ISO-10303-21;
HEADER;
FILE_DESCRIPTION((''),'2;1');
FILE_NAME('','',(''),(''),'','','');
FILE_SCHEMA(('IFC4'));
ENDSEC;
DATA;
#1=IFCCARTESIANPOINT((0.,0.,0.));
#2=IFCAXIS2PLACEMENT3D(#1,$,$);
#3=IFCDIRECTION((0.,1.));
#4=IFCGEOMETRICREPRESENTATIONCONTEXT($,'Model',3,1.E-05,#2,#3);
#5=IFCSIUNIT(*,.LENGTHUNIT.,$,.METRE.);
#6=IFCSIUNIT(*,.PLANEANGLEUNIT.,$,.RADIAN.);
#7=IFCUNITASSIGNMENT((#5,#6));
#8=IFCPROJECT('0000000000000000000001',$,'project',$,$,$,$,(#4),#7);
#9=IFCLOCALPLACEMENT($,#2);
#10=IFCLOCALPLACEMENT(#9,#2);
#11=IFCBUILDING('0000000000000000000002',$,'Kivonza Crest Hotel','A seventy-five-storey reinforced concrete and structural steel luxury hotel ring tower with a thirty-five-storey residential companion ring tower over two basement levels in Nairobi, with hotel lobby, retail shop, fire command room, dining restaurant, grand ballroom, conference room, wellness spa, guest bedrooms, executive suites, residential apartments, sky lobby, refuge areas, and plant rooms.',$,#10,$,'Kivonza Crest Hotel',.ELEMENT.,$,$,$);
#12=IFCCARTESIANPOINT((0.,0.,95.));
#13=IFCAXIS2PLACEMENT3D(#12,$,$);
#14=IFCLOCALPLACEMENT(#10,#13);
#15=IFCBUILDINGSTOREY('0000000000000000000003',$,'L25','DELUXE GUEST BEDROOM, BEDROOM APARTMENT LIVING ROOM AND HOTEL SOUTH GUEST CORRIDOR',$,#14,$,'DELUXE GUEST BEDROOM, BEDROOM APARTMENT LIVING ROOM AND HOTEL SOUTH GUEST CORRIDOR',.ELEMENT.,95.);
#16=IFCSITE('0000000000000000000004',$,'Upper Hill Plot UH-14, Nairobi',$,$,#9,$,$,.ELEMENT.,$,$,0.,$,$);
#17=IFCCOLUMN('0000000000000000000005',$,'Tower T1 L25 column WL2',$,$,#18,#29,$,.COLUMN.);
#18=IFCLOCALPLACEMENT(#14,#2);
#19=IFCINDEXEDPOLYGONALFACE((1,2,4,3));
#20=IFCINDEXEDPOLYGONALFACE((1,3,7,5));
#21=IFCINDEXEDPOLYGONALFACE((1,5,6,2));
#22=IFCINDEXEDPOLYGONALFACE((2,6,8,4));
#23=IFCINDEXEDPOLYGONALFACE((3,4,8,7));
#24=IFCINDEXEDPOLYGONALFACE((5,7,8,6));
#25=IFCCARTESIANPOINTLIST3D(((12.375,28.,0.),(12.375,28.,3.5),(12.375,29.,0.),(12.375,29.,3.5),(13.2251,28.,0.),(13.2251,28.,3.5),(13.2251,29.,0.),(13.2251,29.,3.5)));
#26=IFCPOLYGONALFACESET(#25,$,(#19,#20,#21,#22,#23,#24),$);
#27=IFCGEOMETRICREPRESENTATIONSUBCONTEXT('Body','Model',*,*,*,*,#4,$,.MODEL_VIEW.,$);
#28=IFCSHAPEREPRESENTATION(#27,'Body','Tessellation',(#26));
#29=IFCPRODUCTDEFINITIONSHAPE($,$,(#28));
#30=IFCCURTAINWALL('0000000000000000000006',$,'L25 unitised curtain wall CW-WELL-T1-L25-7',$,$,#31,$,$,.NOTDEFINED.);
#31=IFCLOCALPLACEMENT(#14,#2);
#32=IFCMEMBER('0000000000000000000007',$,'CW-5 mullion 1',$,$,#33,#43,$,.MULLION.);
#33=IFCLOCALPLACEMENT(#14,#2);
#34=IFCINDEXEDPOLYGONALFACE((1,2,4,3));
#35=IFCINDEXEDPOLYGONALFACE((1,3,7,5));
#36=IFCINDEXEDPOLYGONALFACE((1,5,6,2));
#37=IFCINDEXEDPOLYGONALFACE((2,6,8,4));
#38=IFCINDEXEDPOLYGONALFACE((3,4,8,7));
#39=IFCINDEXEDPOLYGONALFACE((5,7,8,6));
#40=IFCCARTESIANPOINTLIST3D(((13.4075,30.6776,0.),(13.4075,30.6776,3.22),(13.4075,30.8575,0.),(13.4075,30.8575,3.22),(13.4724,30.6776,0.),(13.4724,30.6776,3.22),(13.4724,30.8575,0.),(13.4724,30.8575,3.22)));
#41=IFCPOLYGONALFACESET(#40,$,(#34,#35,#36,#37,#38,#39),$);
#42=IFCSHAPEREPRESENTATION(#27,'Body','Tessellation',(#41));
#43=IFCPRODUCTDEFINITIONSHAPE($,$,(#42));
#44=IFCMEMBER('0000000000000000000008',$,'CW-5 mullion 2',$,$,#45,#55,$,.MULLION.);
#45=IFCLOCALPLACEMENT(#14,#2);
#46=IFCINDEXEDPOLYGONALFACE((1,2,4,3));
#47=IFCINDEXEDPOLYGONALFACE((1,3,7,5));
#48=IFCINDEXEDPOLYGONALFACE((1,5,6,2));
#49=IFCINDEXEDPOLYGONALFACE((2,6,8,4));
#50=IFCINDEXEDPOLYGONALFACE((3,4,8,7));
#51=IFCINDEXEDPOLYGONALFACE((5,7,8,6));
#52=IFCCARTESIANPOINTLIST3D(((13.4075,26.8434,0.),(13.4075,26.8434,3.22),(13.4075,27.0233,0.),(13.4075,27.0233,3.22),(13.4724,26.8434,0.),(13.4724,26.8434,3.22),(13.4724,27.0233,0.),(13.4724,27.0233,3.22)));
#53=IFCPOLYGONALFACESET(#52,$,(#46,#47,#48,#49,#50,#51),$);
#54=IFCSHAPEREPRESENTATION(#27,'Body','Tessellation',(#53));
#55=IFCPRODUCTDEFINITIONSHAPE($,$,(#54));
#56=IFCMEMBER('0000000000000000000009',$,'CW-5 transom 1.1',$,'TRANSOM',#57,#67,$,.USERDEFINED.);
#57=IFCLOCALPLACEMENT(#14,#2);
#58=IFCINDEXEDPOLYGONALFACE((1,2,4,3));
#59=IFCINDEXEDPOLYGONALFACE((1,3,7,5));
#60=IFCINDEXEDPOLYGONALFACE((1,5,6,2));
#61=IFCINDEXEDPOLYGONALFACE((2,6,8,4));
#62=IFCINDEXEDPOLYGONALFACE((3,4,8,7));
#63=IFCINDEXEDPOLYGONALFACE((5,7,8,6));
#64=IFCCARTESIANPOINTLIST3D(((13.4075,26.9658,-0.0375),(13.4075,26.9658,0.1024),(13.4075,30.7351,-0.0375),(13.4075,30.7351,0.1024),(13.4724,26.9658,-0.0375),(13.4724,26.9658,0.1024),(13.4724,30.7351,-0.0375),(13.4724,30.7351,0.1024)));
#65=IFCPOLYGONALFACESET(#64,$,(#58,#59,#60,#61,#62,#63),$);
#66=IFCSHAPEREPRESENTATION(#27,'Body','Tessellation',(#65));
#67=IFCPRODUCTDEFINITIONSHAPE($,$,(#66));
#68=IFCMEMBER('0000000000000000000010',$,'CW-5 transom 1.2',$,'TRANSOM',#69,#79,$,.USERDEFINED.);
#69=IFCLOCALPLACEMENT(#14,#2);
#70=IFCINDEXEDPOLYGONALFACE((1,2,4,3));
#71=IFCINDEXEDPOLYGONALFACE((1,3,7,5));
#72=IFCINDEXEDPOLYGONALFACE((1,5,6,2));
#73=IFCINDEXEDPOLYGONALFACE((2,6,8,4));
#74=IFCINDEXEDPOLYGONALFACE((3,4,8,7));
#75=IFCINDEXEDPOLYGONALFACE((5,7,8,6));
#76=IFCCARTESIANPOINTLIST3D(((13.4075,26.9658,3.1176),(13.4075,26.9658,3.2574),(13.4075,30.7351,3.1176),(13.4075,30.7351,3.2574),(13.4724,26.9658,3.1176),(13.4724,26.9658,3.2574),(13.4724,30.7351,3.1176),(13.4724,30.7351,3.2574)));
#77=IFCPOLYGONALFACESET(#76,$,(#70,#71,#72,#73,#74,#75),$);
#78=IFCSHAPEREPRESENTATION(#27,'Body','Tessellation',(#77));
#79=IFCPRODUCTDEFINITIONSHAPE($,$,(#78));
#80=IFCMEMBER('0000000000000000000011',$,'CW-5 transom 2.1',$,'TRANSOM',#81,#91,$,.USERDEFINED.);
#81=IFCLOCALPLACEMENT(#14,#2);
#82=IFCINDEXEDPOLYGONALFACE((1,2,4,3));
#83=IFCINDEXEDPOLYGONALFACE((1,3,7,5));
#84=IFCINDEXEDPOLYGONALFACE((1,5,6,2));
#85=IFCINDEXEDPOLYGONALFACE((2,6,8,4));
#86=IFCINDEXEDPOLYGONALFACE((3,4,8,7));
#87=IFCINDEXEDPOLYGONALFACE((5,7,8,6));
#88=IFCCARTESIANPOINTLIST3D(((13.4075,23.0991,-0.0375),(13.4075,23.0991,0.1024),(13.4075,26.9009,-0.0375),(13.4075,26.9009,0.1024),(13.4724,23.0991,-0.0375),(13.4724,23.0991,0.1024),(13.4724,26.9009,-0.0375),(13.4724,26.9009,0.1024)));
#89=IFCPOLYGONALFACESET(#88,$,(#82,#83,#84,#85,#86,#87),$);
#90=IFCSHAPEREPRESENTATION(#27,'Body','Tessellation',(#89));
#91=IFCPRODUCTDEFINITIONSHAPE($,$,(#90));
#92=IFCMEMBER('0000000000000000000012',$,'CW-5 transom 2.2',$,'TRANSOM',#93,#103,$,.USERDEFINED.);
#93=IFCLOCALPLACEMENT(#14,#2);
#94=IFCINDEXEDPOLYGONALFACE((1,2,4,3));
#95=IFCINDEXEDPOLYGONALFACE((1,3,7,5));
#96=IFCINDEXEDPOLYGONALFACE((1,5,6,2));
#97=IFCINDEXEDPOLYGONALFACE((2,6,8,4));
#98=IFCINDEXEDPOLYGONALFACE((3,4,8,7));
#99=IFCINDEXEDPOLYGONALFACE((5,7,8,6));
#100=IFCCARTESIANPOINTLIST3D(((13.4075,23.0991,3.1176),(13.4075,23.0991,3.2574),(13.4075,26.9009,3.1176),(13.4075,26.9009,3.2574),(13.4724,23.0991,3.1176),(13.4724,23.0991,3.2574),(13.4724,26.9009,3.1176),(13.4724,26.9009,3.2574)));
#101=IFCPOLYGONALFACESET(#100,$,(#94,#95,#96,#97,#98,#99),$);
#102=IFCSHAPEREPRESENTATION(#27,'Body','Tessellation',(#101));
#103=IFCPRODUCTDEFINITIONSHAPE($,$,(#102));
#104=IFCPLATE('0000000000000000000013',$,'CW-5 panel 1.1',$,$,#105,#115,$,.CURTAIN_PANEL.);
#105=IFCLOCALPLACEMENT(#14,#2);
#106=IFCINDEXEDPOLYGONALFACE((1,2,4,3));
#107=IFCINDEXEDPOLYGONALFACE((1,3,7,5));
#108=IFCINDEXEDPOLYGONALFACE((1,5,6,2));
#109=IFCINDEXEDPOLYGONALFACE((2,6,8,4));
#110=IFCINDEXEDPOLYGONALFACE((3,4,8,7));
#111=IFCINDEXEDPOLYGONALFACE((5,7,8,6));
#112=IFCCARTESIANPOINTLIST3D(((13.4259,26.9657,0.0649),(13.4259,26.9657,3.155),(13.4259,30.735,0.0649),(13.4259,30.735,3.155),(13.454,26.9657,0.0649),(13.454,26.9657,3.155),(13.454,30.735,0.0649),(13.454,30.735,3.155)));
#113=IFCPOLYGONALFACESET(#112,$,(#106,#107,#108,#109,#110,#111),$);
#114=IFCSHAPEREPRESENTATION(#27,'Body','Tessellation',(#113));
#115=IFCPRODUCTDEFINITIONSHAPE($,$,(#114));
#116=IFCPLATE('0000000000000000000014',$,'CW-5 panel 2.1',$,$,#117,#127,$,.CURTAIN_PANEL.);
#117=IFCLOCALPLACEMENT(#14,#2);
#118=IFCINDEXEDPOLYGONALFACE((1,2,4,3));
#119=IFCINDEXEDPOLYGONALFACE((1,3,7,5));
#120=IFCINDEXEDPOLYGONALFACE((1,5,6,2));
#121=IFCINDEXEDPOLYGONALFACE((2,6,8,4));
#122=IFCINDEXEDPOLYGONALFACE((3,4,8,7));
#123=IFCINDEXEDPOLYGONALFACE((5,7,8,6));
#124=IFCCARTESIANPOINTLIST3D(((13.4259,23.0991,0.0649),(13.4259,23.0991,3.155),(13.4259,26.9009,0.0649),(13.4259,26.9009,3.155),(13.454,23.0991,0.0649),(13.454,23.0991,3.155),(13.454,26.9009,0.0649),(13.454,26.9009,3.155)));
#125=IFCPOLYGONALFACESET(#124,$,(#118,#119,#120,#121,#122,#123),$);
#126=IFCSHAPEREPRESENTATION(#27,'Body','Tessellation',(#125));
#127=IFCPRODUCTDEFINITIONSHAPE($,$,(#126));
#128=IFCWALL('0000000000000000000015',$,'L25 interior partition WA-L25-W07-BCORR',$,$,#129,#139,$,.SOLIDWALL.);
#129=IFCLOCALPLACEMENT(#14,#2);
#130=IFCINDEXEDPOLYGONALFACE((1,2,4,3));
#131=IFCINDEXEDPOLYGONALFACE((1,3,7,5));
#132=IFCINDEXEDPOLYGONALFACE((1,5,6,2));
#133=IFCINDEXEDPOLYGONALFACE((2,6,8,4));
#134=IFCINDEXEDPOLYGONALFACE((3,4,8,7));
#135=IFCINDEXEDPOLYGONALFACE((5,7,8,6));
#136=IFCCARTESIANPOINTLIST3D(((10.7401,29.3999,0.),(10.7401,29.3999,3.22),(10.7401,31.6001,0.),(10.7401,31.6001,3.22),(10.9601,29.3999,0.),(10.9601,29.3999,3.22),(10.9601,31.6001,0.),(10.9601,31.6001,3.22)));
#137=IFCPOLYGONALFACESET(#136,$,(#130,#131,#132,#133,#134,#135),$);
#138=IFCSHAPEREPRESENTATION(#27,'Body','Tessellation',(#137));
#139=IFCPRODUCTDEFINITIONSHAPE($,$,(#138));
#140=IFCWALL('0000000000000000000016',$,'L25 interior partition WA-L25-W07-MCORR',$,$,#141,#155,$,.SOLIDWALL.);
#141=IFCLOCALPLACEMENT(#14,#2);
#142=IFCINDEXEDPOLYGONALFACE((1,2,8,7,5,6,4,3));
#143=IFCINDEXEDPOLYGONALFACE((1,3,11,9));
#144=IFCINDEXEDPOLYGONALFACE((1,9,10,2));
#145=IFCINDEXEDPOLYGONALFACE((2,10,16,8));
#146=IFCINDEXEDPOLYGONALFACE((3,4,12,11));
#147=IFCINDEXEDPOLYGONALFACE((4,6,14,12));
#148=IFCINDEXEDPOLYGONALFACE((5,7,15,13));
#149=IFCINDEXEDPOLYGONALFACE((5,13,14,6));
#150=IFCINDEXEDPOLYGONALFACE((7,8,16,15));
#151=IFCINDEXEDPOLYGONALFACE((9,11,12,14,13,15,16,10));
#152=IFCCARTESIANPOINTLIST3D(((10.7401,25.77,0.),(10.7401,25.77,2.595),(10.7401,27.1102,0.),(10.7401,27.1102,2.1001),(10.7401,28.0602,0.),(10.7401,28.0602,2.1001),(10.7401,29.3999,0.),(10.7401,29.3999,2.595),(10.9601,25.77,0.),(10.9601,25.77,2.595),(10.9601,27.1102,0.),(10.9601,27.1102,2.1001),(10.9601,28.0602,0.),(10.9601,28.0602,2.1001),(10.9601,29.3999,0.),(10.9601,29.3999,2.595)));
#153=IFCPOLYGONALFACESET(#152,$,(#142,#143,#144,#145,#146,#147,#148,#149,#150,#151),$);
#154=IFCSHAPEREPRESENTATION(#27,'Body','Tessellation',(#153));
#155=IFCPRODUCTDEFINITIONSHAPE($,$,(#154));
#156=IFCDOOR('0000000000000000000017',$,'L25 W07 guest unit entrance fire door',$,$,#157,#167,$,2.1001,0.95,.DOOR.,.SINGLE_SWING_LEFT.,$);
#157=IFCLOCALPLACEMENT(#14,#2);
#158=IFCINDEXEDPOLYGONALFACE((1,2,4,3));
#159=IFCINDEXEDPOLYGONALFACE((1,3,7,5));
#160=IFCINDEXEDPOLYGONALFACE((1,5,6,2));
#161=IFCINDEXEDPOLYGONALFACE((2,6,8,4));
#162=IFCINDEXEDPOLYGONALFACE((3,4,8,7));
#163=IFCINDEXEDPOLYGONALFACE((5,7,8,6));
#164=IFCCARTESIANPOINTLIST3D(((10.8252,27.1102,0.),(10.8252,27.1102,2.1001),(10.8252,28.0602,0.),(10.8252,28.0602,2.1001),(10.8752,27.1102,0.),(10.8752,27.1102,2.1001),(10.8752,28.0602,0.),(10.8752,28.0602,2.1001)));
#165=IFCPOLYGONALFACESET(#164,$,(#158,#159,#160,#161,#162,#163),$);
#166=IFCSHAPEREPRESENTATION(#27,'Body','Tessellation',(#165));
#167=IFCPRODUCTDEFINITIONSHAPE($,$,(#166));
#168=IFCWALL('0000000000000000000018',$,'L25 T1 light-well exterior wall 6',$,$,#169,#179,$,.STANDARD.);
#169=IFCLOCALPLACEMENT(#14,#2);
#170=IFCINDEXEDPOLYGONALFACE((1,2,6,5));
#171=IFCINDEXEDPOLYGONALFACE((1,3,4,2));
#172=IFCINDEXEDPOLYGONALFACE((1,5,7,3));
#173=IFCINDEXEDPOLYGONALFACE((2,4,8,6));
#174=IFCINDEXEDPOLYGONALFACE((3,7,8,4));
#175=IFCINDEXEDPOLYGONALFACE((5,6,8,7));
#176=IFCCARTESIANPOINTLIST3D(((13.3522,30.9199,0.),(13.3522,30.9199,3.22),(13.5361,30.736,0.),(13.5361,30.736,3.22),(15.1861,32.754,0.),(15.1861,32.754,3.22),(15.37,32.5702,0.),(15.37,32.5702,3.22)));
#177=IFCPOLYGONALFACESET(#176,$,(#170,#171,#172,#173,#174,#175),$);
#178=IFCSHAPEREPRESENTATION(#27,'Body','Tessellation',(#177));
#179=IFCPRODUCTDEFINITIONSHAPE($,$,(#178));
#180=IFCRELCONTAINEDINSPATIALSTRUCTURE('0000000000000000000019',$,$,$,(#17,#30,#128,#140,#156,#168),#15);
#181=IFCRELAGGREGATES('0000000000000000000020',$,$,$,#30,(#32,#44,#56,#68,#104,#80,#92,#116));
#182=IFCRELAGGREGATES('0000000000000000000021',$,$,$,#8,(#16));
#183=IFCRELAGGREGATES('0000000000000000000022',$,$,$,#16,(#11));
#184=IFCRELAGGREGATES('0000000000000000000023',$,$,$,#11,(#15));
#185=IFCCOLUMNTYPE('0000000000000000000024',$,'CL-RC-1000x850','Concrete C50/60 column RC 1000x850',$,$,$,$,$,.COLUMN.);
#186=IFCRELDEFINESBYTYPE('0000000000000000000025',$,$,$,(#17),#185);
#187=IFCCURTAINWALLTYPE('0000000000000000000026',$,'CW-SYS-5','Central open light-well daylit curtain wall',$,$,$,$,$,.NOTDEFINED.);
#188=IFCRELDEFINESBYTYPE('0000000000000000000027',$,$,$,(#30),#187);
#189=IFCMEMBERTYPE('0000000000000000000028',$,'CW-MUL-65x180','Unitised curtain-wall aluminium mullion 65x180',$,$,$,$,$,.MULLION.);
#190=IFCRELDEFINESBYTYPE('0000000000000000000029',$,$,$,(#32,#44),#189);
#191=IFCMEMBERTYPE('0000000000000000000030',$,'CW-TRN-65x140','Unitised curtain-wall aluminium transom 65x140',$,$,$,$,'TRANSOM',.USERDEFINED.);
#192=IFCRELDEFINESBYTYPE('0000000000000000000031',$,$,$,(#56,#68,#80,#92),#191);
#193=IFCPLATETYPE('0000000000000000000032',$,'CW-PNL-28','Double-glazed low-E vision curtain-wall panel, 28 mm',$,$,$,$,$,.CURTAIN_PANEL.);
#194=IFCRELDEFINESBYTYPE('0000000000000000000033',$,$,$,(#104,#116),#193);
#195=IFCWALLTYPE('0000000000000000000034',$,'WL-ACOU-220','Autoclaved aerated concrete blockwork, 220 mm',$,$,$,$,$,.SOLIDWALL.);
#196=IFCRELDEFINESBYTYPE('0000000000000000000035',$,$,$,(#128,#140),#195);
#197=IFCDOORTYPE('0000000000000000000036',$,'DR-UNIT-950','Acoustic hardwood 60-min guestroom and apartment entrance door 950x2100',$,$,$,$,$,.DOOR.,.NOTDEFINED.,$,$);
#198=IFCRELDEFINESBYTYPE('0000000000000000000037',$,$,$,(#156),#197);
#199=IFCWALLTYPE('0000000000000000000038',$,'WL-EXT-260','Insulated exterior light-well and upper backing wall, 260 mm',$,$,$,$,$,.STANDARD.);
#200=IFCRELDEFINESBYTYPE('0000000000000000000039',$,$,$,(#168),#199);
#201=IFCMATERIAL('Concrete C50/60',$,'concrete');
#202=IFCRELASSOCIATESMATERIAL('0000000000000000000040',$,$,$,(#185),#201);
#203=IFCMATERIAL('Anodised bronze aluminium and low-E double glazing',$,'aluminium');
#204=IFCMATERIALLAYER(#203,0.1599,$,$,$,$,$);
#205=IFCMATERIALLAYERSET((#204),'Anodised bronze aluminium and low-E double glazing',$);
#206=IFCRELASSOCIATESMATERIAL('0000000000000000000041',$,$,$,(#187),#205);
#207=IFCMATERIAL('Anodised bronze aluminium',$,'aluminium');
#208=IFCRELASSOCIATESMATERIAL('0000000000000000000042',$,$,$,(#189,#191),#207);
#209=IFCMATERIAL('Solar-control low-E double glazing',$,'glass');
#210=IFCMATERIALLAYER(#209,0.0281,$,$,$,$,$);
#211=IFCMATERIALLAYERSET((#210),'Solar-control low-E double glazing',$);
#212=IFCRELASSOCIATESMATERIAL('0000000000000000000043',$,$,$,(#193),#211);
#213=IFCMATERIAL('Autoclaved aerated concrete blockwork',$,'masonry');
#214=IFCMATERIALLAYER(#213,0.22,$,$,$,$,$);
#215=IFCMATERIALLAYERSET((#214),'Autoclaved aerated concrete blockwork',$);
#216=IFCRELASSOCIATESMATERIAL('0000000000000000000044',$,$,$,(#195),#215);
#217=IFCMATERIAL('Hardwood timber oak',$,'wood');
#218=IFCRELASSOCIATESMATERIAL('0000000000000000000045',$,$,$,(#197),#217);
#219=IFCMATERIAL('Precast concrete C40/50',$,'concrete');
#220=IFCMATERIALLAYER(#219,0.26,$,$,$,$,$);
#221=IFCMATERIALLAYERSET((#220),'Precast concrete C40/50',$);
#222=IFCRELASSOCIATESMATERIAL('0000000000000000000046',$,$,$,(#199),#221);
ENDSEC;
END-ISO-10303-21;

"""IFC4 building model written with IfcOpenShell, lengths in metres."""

from ifc_helpers import new_model, si_unit, direction, frame, frame_2d, origin, origin_2d, place, context, subcontext, project, spatial, rectangle, extrude, material, layer, layer_set, material_profile, profile_set, type_object, element, fill, aggregate, save


model = new_model("IFC4")

# Units and contexts
model_context = context("Model", 3, precision=1e-05, world=origin(), true_north=direction((0.0, 1.0)))
body_context = subcontext(model_context, "Body", "Model", "MODEL_VIEW")
ifc_project = project(units=[si_unit("LENGTHUNIT", "METRE"), si_unit("PLANEANGLEUNIT", "RADIAN")], contexts=[model_context])

# Site, building, storey
site_placement = place(None, origin())
site = spatial("IfcSite", under=ifc_project, at=site_placement, Name="Upper Hill Plot UH-14, Nairobi", CompositionType="ELEMENT", RefElevation=0.0)
building_placement = place(site_placement, origin())
building = spatial("IfcBuilding", under=site, at=building_placement, Name="Kivonza Crest Hotel", Description="A seventy-five-storey reinforced concrete and structural steel luxury hotel ring tower with a thirty-five-storey residential companion ring tower over two basement levels in Nairobi, with hotel lobby, retail shop, fire command room, dining restaurant, grand ballroom, conference room, wellness spa, guest bedrooms, executive suites, residential apartments, sky lobby, refuge areas, and plant rooms.", LongName="Kivonza Crest Hotel", CompositionType="ELEMENT")
storey_placement = place(building_placement, frame((0.0, 0.0, 95.0)))
storey = spatial("IfcBuildingStorey", under=building, at=storey_placement, Name="L25", Description="DELUXE GUEST BEDROOM, BEDROOM APARTMENT LIVING ROOM AND HOTEL SOUTH GUEST CORRIDOR", LongName="DELUXE GUEST BEDROOM, BEDROOM APARTMENT LIVING ROOM AND HOTEL SOUTH GUEST CORRIDOR", CompositionType="ELEMENT", Elevation=95.0)

# Column
ifc_material_1 = material(Name="Concrete C50/60", Category="concrete")
ifc_material_profile_1 = material_profile(ifc_material_1, rectangle(XDim=0.8501, YDim=1.0, at=origin_2d()), Name="RC 1000x850")
ifc_profile_set_1 = profile_set([ifc_material_profile_1], Name="Concrete C50/60")
column_type = type_object("IfcColumnType", Name="CL-RC-1000x850", Description="Concrete C50/60 column RC 1000x850", PredefinedType="COLUMN", material=ifc_profile_set_1)
column_placement = place(storey_placement, frame((12.8, 28.5, 0.0), z_axis=(0.0, 0.0, 1.0), x_axis=(1.0, 0.0, 0.0)))
element("IfcColumn", 1, at=column_placement, inside=storey, type_object=column_type, Name="Tower T1 L25 column WL2", PredefinedType="COLUMN", context=body_context, shape_type="SweptSolid", body=[
    extrude(rectangle(XDim=0.8501, YDim=1.0, at=origin_2d()), origin(), (0.0, 0.0, 1.0), 3.5),
])

# Curtain wall, members, plates
ifc_material_2 = material(Name="Anodised bronze aluminium and low-E double glazing", Category="aluminium")
ifc_layer_1 = layer(ifc_material_2, 0.1599)
ifc_layer_set_1 = layer_set([ifc_layer_1], Name="Anodised bronze aluminium and low-E double glazing")
curtain_wall_type = type_object("IfcCurtainWallType", Name="CW-SYS-5", Description="Central open light-well daylit curtain wall", PredefinedType="NOTDEFINED", material=ifc_layer_set_1)
curtain_wall_placement = place(storey_placement, origin())
curtain_wall = element("IfcCurtainWall", 2, at=curtain_wall_placement, inside=storey, type_object=curtain_wall_type, Name="L25 unitised curtain wall CW-WELL-T1-L25-7", PredefinedType="NOTDEFINED")
ifc_material_3 = material(Name="Anodised bronze aluminium", Category="aluminium")
ifc_material_profile_2 = material_profile(ifc_material_3, rectangle(XDim=0.0649, YDim=0.1799, at=origin_2d()), Name="CW-M 65x180")
ifc_profile_set_2 = profile_set([ifc_material_profile_2], Name="Anodised bronze aluminium")
member_type_1 = type_object("IfcMemberType", Name="CW-MUL-65x180", Description="Unitised curtain-wall aluminium mullion 65x180", PredefinedType="MULLION", material=ifc_profile_set_2)
member_1_placement = place(storey_placement, frame((13.4399, 30.7676, 0.0), z_axis=(0.0, 0.0, 1.0), x_axis=(1.0, 0.0, 0.0)))
member_1 = element("IfcMember", 3, at=member_1_placement, type_object=member_type_1, Name="CW-5 mullion 1", PredefinedType="MULLION", context=body_context, shape_type="SweptSolid", body=[
    extrude(rectangle(XDim=0.0649, YDim=0.1799, at=origin_2d()), origin(), (0.0, 0.0, 1.0), 3.22),
])
member_2_placement = place(storey_placement, frame((13.4399, 26.9333, 0.0), z_axis=(0.0, 0.0, 1.0), x_axis=(1.0, 0.0, 0.0)))
member_2 = element("IfcMember", 4, at=member_2_placement, type_object=member_type_1, Name="CW-5 mullion 2", PredefinedType="MULLION", context=body_context, shape_type="SweptSolid", body=[
    extrude(rectangle(XDim=0.0649, YDim=0.1799, at=origin_2d()), origin(), (0.0, 0.0, 1.0), 3.22),
])
ifc_material_profile_3 = material_profile(ifc_material_3, rectangle(XDim=0.0649, YDim=0.1399, at=origin_2d()), Name="CW-T 65x140")
ifc_profile_set_3 = profile_set([ifc_material_profile_3], Name="Anodised bronze aluminium")
member_type_2 = type_object("IfcMemberType", Name="CW-TRN-65x140", Description="Unitised curtain-wall aluminium transom 65x140", ElementType="TRANSOM", PredefinedType="USERDEFINED", material=ifc_profile_set_3)
member_3_placement = place(storey_placement, frame((13.4399, 30.7351, 0.0325), z_axis=(0.0, -1.0, 0.0), x_axis=(1.0, 0.0, 0.0)))
member_3 = element("IfcMember", 5, at=member_3_placement, type_object=member_type_2, Name="CW-5 transom 1.1", ObjectType="TRANSOM", PredefinedType="USERDEFINED", context=body_context, shape_type="SweptSolid", body=[
    extrude(rectangle(XDim=0.0649, YDim=0.1399, at=origin_2d()), origin(), (0.0, 0.0, 1.0), 3.7693),
])
member_4_placement = place(storey_placement, frame((13.4399, 30.7351, 3.1875), z_axis=(0.0, -1.0, 0.0), x_axis=(1.0, 0.0, 0.0)))
member_4 = element("IfcMember", 6, at=member_4_placement, type_object=member_type_2, Name="CW-5 transom 1.2", ObjectType="TRANSOM", PredefinedType="USERDEFINED", context=body_context, shape_type="SweptSolid", body=[
    extrude(rectangle(XDim=0.0649, YDim=0.1399, at=origin_2d()), origin(), (0.0, 0.0, 1.0), 3.7693),
])
member_5_placement = place(storey_placement, frame((13.4399, 26.9009, 0.0325), z_axis=(0.0, -1.0, 0.0), x_axis=(1.0, 0.0, 0.0)))
member_5 = element("IfcMember", 7, at=member_5_placement, type_object=member_type_2, Name="CW-5 transom 2.1", ObjectType="TRANSOM", PredefinedType="USERDEFINED", context=body_context, shape_type="SweptSolid", body=[
    extrude(rectangle(XDim=0.0649, YDim=0.1399, at=origin_2d()), origin(), (0.0, 0.0, 1.0), 3.8018),
])
member_6_placement = place(storey_placement, frame((13.4399, 26.9009, 3.1875), z_axis=(0.0, -1.0, 0.0), x_axis=(1.0, 0.0, 0.0)))
member_6 = element("IfcMember", 8, at=member_6_placement, type_object=member_type_2, Name="CW-5 transom 2.2", ObjectType="TRANSOM", PredefinedType="USERDEFINED", context=body_context, shape_type="SweptSolid", body=[
    extrude(rectangle(XDim=0.0649, YDim=0.1399, at=origin_2d()), origin(), (0.0, 0.0, 1.0), 3.8018),
])
ifc_material_4 = material(Name="Solar-control low-E double glazing", Category="glass")
ifc_layer_2 = layer(ifc_material_4, 0.0281)
ifc_layer_set_2 = layer_set([ifc_layer_2], Name="Solar-control low-E double glazing")
plate_type = type_object("IfcPlateType", Name="CW-PNL-28", Description="Double-glazed low-E vision curtain-wall panel, 28 mm", PredefinedType="CURTAIN_PANEL", material=ifc_layer_set_2)
plate_1_placement = place(storey_placement, frame((13.4399, 28.8503, 0.0649), z_axis=(0.0, 0.0, 1.0), x_axis=(0.0, -1.0, 0.0)))
plate_1 = element("IfcPlate", 9, at=plate_1_placement, type_object=plate_type, Name="CW-5 panel 1.1", PredefinedType="CURTAIN_PANEL", context=body_context, shape_type="SweptSolid", body=[
    extrude(rectangle(XDim=3.7693, YDim=0.0281, at=origin_2d()), origin(), (0.0, 0.0, 1.0), 3.0901),
])
plate_2_placement = place(storey_placement, frame((13.4399, 25.0, 0.0649), z_axis=(0.0, 0.0, 1.0), x_axis=(0.0, -1.0, 0.0)))
plate_2 = element("IfcPlate", 10, at=plate_2_placement, type_object=plate_type, Name="CW-5 panel 2.1", PredefinedType="CURTAIN_PANEL", context=body_context, shape_type="SweptSolid", body=[
    extrude(rectangle(XDim=3.8018, YDim=0.0281, at=origin_2d()), origin(), (0.0, 0.0, 1.0), 3.0901),
])
aggregate(curtain_wall, [member_1, member_2, member_3, member_4, plate_1, member_5, member_6, plate_2])

# Wall
ifc_material_5 = material(Name="Autoclaved aerated concrete blockwork", Category="masonry")
ifc_layer_3 = layer(ifc_material_5, 0.22)
ifc_layer_set_3 = layer_set([ifc_layer_3], Name="Autoclaved aerated concrete blockwork")
wall_type_1 = type_object("IfcWallType", Name="WL-ACOU-220", Description="Autoclaved aerated concrete blockwork, 220 mm", PredefinedType="SOLIDWALL", material=ifc_layer_set_3)
wall_1_placement = place(storey_placement, frame((10.8501, 29.3999, 0.0), z_axis=(0.0, 0.0, 1.0), x_axis=(0.0, 1.0, 0.0)))
element("IfcWall", 11, at=wall_1_placement, inside=storey, type_object=wall_type_1, Name="L25 interior partition WA-L25-W07-BCORR", PredefinedType="SOLIDWALL", context=body_context, shape_type="SweptSolid", body=[
    extrude(rectangle(XDim=2.2002, YDim=0.22, at=frame_2d((1.1001, 0.0))), origin(), (0.0, 0.0, 1.0), 3.22),
])

# Wall, opening, door
wall_2_placement = place(storey_placement, frame((10.8501, 25.77, 0.0), z_axis=(0.0, 0.0, 1.0), x_axis=(0.0, 1.0, 0.0)))
wall_2 = element("IfcWall", 12, at=wall_2_placement, inside=storey, type_object=wall_type_1, Name="L25 interior partition WA-L25-W07-MCORR", PredefinedType="SOLIDWALL", context=body_context, shape_type="SweptSolid", body=[
    extrude(rectangle(XDim=3.6299, YDim=0.22, at=frame_2d((1.8149, 0.0))), origin(), (0.0, 0.0, 1.0), 2.595),
])
opening_1_placement = place(wall_2_placement, frame((1.3401, 0.0, 0.0)))
opening_1 = element("IfcOpeningElement", 13, at=opening_1_placement, cuts=wall_2, PredefinedType="OPENING", context=body_context, shape_type="SweptSolid", body=[
    extrude(rectangle(XDim=0.95, YDim=2.1001, at=frame_2d((0.4751, 1.05))), frame((0.0, 0.1201, 0.0), z_axis=(0.0, -1.0, 0.0), x_axis=(1.0, 0.0, 0.0)), (0.0, 0.0, 1.0), 0.24),
])
ifc_material_6 = material(Name="Hardwood timber oak", Category="wood")
door_type_1 = type_object("IfcDoorType", Name="DR-UNIT-950", Description="Acoustic hardwood 60-min guestroom and apartment entrance door 950x2100", OperationType="NOTDEFINED", PredefinedType="DOOR", material=ifc_material_6)
door_1_placement = place(opening_1_placement, origin())
door_1 = element("IfcDoor", 14, at=door_1_placement, inside=storey, type_object=door_type_1, Name="L25 W07 guest unit entrance fire door", OperationType="SINGLE_SWING_LEFT", OverallHeight=2.1001, OverallWidth=0.95, PredefinedType="DOOR", context=body_context, shape_type="SweptSolid", body=[
    extrude(rectangle(XDim=0.95, YDim=2.1001, at=frame_2d((0.4751, 1.05))), frame((0.0, 0.0249, 0.0), z_axis=(0.0, -1.0, 0.0), x_axis=(1.0, 0.0, 0.0)), (0.0, 0.0, 1.0), 0.05),
])
fill(opening_1, door_1)

# Wall
ifc_material_7 = material(Name="Precast concrete C40/50", Category="concrete")
ifc_layer_4 = layer(ifc_material_7, 0.26)
ifc_layer_set_4 = layer_set([ifc_layer_4], Name="Precast concrete C40/50")
wall_type_2 = type_object("IfcWallType", Name="WL-EXT-260", Description="Insulated exterior light-well and upper backing wall, 260 mm", PredefinedType="STANDARD", material=ifc_layer_set_4)
wall_3_placement = place(storey_placement, frame((15.2781, 32.6621, 0.0), z_axis=(0.0, 0.0, 1.0), x_axis=(-0.70706, -0.707154, 0.0)))
element("IfcWall", 15, at=wall_3_placement, inside=storey, type_object=wall_type_2, Name="L25 T1 light-well exterior wall 6", PredefinedType="STANDARD", context=body_context, shape_type="SweptSolid", body=[
    extrude(rectangle(XDim=2.5938, YDim=0.26, at=frame_2d((1.2969, 0.0))), origin(), (0.0, 0.0, 1.0), 3.22),
])

save(model, "model.ifc")
